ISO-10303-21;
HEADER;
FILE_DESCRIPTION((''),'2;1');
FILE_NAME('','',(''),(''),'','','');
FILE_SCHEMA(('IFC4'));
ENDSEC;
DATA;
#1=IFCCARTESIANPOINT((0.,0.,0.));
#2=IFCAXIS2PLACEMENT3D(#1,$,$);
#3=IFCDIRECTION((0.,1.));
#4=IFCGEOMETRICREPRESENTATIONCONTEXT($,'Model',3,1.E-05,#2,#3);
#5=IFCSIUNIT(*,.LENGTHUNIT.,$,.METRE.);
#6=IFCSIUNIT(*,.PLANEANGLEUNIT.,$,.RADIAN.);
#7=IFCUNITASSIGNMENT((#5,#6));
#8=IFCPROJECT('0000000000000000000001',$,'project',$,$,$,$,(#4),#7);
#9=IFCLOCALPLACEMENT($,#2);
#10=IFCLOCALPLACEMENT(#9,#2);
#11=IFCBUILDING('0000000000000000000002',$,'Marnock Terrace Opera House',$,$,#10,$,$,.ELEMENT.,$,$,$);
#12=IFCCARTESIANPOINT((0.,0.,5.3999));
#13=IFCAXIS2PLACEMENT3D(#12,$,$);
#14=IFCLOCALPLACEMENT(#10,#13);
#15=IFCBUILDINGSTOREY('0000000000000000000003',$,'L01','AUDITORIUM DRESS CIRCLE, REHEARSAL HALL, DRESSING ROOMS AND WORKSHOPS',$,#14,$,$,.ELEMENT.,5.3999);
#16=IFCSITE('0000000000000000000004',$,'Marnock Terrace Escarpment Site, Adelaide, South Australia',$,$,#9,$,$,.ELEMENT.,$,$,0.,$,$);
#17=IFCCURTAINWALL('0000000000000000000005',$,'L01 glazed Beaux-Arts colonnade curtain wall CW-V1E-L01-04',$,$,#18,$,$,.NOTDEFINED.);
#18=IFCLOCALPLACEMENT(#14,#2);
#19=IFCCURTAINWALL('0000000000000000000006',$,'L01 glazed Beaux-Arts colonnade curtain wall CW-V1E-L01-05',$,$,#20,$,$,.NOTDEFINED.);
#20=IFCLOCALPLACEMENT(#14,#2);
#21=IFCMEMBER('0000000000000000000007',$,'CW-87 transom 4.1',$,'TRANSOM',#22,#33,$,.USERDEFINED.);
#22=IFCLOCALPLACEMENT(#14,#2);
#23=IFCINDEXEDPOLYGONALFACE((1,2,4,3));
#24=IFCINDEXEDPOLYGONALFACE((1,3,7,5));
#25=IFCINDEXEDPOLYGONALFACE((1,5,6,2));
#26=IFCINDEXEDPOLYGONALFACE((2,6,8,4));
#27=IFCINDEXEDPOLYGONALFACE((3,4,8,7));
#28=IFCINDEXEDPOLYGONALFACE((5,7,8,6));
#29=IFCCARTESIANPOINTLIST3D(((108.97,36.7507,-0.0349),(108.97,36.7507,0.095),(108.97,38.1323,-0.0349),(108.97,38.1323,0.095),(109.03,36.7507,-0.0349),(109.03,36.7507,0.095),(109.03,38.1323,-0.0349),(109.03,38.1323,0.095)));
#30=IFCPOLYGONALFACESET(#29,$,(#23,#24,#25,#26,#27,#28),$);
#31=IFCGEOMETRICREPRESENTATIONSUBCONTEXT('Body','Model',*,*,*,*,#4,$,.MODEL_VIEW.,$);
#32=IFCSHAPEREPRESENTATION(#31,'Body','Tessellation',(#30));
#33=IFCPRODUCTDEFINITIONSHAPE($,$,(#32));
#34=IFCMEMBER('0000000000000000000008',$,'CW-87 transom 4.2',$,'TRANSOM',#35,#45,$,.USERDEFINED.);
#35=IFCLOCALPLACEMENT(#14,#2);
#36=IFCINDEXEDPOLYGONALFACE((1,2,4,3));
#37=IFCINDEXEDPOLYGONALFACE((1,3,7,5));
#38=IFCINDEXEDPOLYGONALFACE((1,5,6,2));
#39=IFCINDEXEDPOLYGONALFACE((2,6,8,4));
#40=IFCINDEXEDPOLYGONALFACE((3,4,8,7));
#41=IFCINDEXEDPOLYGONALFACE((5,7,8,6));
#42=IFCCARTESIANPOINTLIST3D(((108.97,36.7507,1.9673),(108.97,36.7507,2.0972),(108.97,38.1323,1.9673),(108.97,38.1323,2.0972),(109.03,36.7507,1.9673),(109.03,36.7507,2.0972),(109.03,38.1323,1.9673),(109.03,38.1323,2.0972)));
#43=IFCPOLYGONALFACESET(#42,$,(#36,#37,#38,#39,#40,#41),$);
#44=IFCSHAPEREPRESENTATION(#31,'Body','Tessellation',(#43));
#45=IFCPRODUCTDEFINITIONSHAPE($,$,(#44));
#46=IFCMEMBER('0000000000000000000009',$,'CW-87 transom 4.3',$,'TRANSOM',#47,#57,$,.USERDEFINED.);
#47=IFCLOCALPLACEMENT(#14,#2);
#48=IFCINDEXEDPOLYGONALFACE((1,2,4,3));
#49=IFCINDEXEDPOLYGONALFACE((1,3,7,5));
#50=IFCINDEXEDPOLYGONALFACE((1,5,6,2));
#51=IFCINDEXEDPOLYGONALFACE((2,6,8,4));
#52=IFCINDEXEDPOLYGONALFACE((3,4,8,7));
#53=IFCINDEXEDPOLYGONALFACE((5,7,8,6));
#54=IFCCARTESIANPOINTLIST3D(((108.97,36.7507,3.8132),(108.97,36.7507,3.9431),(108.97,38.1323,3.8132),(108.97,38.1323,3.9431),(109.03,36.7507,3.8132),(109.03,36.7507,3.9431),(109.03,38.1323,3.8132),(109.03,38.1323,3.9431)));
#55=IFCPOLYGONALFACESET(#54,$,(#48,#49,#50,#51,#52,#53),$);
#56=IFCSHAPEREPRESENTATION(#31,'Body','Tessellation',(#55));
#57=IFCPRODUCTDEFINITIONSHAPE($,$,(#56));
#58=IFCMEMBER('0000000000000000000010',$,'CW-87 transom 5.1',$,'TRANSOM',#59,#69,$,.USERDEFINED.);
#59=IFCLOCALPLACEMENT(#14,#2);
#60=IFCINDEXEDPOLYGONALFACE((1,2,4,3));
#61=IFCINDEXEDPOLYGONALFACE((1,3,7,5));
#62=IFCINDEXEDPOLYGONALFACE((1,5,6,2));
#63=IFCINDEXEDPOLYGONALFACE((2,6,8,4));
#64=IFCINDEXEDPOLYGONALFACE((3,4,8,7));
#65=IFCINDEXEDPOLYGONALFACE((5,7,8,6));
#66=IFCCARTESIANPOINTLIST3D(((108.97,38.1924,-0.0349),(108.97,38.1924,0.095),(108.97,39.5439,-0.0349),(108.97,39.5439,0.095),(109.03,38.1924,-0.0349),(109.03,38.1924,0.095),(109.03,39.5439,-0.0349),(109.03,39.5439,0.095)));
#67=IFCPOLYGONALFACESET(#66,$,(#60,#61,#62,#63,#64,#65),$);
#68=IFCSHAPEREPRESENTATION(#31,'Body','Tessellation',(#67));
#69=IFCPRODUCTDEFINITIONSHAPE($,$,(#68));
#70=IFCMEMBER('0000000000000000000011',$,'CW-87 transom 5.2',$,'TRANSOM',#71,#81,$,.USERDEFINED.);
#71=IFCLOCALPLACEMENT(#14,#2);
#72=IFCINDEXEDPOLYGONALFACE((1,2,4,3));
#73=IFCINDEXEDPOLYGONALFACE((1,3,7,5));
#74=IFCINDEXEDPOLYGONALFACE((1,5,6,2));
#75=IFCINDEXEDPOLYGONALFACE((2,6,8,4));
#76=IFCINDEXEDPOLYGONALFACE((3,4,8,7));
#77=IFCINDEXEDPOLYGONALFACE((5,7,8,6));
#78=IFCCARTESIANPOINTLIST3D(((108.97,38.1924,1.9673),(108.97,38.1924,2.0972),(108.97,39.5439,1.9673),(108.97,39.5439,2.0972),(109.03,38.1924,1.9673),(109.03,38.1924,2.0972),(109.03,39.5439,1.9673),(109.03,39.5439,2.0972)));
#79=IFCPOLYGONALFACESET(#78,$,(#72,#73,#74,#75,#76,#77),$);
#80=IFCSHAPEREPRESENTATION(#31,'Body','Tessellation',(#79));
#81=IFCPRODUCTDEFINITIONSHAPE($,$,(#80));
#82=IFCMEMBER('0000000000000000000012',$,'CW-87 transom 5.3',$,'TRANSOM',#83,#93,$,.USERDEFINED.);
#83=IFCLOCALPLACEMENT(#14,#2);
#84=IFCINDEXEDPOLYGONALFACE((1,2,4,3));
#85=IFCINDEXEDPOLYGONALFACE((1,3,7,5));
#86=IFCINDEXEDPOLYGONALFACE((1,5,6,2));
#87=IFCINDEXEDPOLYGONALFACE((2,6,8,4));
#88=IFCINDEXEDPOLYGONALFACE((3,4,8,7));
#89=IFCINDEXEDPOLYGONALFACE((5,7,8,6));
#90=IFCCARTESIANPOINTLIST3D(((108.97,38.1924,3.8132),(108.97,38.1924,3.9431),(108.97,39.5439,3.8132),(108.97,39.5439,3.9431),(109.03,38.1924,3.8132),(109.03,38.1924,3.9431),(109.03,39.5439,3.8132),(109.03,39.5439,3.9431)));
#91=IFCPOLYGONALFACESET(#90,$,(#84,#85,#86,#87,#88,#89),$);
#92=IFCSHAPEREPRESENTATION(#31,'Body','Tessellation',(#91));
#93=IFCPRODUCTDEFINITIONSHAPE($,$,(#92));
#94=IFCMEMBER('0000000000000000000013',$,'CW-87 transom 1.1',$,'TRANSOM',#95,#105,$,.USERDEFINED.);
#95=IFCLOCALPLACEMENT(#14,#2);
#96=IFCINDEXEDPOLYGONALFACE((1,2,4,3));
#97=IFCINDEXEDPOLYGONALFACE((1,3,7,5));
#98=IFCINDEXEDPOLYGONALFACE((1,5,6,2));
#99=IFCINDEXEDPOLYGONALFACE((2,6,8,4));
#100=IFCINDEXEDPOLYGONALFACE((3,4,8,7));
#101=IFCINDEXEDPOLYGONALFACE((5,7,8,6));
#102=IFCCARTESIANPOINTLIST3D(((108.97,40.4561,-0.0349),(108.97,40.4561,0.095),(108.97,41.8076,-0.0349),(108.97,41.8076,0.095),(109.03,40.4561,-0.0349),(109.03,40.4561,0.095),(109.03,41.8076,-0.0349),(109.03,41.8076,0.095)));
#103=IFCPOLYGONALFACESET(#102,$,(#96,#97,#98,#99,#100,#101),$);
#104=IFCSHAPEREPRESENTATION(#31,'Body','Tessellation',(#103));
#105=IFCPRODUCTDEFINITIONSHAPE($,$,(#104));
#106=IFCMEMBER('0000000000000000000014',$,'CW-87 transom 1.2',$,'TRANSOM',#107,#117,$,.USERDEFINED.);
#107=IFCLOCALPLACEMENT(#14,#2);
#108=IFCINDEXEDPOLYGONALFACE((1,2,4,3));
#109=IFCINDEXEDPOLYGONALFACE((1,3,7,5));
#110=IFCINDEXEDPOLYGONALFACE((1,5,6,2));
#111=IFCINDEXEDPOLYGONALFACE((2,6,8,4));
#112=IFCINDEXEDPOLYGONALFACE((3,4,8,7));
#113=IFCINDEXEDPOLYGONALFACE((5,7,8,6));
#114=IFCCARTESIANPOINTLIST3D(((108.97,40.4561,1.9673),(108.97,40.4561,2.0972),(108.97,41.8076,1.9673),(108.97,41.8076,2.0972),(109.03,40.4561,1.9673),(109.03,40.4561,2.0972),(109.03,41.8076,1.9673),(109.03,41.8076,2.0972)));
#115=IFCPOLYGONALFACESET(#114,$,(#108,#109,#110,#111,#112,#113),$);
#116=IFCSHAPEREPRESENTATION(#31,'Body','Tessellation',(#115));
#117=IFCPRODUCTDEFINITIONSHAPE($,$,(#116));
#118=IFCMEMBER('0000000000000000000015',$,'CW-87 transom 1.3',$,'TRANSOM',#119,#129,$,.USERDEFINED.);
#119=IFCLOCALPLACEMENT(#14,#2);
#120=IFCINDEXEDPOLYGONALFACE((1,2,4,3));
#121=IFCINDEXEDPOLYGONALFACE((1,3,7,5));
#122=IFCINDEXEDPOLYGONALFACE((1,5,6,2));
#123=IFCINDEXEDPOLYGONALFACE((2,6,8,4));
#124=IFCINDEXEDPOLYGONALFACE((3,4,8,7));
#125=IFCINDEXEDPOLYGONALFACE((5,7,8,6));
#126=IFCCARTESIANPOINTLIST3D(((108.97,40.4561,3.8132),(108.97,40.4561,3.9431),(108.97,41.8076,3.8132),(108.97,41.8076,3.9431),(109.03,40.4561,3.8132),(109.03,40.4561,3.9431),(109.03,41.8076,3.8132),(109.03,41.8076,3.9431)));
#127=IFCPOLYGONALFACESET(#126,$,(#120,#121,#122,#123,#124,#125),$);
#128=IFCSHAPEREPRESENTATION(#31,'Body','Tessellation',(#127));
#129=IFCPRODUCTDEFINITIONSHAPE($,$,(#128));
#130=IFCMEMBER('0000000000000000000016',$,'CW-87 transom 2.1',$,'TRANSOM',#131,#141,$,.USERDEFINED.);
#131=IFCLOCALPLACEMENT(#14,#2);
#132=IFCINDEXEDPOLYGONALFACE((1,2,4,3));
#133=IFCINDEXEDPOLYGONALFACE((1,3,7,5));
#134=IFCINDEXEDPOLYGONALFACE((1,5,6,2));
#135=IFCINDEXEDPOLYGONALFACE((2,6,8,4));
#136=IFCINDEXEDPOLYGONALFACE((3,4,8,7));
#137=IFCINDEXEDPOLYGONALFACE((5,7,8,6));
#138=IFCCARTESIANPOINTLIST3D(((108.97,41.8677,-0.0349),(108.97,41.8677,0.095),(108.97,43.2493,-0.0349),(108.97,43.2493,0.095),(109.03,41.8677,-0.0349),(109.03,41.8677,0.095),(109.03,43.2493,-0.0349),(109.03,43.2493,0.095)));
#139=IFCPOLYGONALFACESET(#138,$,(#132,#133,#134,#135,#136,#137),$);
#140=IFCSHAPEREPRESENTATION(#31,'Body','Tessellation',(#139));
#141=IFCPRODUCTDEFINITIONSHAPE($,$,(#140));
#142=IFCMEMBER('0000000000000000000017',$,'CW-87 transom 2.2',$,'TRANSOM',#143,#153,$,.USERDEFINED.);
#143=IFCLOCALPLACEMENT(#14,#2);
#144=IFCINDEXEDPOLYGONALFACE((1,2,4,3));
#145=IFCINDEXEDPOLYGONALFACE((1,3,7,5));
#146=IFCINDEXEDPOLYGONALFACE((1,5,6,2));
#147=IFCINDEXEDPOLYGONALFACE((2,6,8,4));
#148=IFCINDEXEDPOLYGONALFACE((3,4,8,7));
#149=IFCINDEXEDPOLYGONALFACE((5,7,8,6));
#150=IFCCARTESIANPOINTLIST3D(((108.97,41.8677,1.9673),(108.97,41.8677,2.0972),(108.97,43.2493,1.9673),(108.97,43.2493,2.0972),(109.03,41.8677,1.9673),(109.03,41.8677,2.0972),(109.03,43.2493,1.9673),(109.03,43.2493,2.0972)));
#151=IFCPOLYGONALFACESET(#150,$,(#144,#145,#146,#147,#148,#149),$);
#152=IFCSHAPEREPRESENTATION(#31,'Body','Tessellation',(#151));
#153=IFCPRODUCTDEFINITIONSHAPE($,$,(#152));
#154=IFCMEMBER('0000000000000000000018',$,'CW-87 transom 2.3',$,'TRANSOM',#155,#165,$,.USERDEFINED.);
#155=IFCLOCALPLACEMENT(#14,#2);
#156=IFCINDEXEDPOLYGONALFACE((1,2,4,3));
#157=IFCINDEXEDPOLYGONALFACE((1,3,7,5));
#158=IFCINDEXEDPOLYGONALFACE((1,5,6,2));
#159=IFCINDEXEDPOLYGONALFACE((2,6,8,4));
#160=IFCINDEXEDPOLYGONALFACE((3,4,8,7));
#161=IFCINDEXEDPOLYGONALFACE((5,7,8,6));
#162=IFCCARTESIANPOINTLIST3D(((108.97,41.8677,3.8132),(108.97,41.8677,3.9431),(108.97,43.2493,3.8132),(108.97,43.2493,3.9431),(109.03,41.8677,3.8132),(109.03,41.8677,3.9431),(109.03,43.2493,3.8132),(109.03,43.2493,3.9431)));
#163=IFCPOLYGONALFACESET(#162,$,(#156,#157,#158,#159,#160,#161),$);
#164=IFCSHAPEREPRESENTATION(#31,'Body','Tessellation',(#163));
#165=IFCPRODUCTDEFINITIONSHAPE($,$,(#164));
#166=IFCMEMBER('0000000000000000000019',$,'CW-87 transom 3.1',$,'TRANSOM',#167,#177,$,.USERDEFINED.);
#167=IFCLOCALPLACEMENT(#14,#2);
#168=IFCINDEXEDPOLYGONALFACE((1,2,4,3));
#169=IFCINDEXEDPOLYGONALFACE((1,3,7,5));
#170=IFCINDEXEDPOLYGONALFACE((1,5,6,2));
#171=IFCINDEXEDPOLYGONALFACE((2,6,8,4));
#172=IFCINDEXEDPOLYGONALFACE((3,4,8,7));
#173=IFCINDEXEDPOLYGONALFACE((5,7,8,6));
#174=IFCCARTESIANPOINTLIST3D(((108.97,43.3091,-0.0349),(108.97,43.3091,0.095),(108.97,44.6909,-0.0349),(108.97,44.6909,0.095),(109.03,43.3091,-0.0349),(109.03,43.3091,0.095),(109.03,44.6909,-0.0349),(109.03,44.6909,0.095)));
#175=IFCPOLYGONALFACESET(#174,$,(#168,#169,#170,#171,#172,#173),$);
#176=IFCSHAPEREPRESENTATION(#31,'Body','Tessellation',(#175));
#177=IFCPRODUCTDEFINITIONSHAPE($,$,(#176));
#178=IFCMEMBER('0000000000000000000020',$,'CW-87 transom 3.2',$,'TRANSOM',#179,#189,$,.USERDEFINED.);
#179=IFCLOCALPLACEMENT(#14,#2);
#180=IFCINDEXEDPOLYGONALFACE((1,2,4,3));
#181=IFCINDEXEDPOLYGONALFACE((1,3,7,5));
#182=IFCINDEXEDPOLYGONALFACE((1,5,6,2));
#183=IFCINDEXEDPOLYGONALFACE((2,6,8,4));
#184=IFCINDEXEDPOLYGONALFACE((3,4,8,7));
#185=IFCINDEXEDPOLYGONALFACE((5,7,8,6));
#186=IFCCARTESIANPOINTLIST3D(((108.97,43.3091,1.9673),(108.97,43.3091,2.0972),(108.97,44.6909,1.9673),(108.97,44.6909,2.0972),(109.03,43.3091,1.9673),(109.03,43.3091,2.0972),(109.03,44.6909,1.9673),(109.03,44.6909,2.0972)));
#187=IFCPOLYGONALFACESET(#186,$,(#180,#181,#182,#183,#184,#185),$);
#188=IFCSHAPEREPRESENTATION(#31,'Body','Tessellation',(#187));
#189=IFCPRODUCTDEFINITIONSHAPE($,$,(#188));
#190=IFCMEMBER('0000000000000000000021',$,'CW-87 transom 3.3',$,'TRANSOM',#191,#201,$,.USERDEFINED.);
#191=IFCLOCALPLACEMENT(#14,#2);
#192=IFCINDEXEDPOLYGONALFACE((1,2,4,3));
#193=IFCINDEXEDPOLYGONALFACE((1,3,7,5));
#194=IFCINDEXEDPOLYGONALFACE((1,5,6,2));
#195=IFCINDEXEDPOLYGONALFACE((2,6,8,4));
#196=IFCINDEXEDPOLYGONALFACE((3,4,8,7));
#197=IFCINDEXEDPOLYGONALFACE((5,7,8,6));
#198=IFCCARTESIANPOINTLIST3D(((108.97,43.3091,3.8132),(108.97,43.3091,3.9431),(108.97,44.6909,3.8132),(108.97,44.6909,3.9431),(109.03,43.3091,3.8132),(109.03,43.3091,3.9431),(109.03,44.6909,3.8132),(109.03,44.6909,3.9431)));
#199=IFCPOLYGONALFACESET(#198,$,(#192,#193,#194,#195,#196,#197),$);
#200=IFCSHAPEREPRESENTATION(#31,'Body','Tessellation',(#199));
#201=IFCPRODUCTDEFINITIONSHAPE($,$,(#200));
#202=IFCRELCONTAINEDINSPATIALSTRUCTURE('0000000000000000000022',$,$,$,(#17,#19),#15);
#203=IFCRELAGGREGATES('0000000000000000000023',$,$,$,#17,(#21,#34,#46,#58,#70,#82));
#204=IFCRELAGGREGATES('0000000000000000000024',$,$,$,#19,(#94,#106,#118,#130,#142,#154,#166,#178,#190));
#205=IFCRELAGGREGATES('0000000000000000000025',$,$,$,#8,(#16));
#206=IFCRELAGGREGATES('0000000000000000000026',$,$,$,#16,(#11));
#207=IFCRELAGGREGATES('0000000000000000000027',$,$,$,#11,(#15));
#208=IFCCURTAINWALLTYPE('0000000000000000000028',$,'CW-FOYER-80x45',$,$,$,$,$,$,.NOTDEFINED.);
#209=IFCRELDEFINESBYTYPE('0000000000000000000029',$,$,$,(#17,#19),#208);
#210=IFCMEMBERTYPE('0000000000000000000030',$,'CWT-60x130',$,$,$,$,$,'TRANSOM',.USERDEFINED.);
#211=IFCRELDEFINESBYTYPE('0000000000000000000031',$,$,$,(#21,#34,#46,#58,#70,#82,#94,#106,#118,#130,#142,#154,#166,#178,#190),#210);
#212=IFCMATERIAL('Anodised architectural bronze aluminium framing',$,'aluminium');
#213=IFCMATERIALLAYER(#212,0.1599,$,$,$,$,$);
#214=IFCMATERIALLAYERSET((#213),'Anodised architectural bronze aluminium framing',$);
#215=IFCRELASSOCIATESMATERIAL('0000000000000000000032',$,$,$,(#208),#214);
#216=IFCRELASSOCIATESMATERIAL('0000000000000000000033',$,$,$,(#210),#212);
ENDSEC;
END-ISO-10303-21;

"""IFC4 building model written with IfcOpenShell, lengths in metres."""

from ifc_helpers import new_model, si_unit, direction, frame, origin, origin_2d, place, context, subcontext, project, spatial, rectangle, extrude, material, layer, layer_set, material_profile, profile_set, type_object, element, aggregate, save


model = new_model("IFC4")

# Units and contexts
model_context = context("Model", 3, precision=1e-05, world=origin(), true_north=direction((0.0, 1.0)))
body_context = subcontext(model_context, "Body", "Model", "MODEL_VIEW")
ifc_project = project(units=[si_unit("LENGTHUNIT", "METRE"), si_unit("PLANEANGLEUNIT", "RADIAN")], contexts=[model_context])

# Site, building, storey
site_placement = place(None, origin())
site = spatial("IfcSite", under=ifc_project, at=site_placement, Name="Marnock Terrace Escarpment Site, Adelaide, South Australia", CompositionType="ELEMENT", RefElevation=0.0)
building_placement = place(site_placement, origin())
building = spatial("IfcBuilding", under=site, at=building_placement, Name="Marnock Terrace Opera House", CompositionType="ELEMENT")
storey_placement = place(building_placement, frame((0.0, 0.0, 5.3999)))
storey = spatial("IfcBuildingStorey", under=building, at=storey_placement, Name="L01", Description="AUDITORIUM DRESS CIRCLE, REHEARSAL HALL, DRESSING ROOMS AND WORKSHOPS", CompositionType="ELEMENT", Elevation=5.3999)

# Curtain walls
ifc_material_1 = material(Name="Anodised architectural bronze aluminium framing", Category="aluminium")
ifc_layer_1 = layer(ifc_material_1, 0.1599)
ifc_layer_set_1 = layer_set([ifc_layer_1], Name="Anodised architectural bronze aluminium framing")
curtain_wall_type = type_object("IfcCurtainWallType", Name="CW-FOYER-80x45", PredefinedType="NOTDEFINED", material=ifc_layer_set_1)
curtain_wall_1_placement = place(storey_placement, origin())
curtain_wall_1 = element("IfcCurtainWall", 1, at=curtain_wall_1_placement, inside=storey, type_object=curtain_wall_type, Name="L01 glazed Beaux-Arts colonnade curtain wall CW-V1E-L01-04", PredefinedType="NOTDEFINED")
curtain_wall_2_placement = place(storey_placement, origin())
curtain_wall_2 = element("IfcCurtainWall", 2, at=curtain_wall_2_placement, inside=storey, type_object=curtain_wall_type, Name="L01 glazed Beaux-Arts colonnade curtain wall CW-V1E-L01-05", PredefinedType="NOTDEFINED")

# Members
ifc_material_profile_1 = material_profile(ifc_material_1, rectangle(XDim=0.0601, YDim=0.1299, at=origin_2d()))
ifc_profile_set_1 = profile_set([ifc_material_profile_1], Name="Anodised architectural bronze aluminium framing")
member_type_1 = type_object("IfcMemberType", Name="CWT-60x130", ElementType="TRANSOM", PredefinedType="USERDEFINED", material=ifc_profile_set_1)
member_1_placement = place(storey_placement, frame((109.0, 36.7507, 0.03), z_axis=(0.0, 1.0, 0.0), x_axis=(-1.0, 0.0, 0.0)))
member_1 = element("IfcMember", 3, at=member_1_placement, type_object=member_type_1, Name="CW-87 transom 4.1", ObjectType="TRANSOM", PredefinedType="USERDEFINED", context=body_context, shape_type="SweptSolid", body=[
    extrude(rectangle(XDim=0.0601, YDim=0.1299, at=origin_2d()), origin(), (0.0, 0.0, 1.0), 1.3816),
])
member_2_placement = place(storey_placement, frame((109.0, 36.7507, 2.0322), z_axis=(0.0, 1.0, 0.0), x_axis=(-1.0, 0.0, 0.0)))
member_2 = element("IfcMember", 4, at=member_2_placement, type_object=member_type_1, Name="CW-87 transom 4.2", ObjectType="TRANSOM", PredefinedType="USERDEFINED", context=body_context, shape_type="SweptSolid", body=[
    extrude(rectangle(XDim=0.0601, YDim=0.1299, at=origin_2d()), origin(), (0.0, 0.0, 1.0), 1.3816),
])
member_3_placement = place(storey_placement, frame((109.0, 36.7507, 3.8782), z_axis=(0.0, 1.0, 0.0), x_axis=(-1.0, 0.0, 0.0)))
member_3 = element("IfcMember", 5, at=member_3_placement, type_object=member_type_1, Name="CW-87 transom 4.3", ObjectType="TRANSOM", PredefinedType="USERDEFINED", context=body_context, shape_type="SweptSolid", body=[
    extrude(rectangle(XDim=0.0601, YDim=0.1299, at=origin_2d()), origin(), (0.0, 0.0, 1.0), 1.3816),
])
member_4_placement = place(storey_placement, frame((109.0, 38.1924, 0.03), z_axis=(0.0, 1.0, 0.0), x_axis=(-1.0, 0.0, 0.0)))
member_4 = element("IfcMember", 6, at=member_4_placement, type_object=member_type_1, Name="CW-87 transom 5.1", ObjectType="TRANSOM", PredefinedType="USERDEFINED", context=body_context, shape_type="SweptSolid", body=[
    extrude(rectangle(XDim=0.0601, YDim=0.1299, at=origin_2d()), origin(), (0.0, 0.0, 1.0), 1.3516),
])
member_5_placement = place(storey_placement, frame((109.0, 38.1924, 2.0322), z_axis=(0.0, 1.0, 0.0), x_axis=(-1.0, 0.0, 0.0)))
member_5 = element("IfcMember", 7, at=member_5_placement, type_object=member_type_1, Name="CW-87 transom 5.2", ObjectType="TRANSOM", PredefinedType="USERDEFINED", context=body_context, shape_type="SweptSolid", body=[
    extrude(rectangle(XDim=0.0601, YDim=0.1299, at=origin_2d()), origin(), (0.0, 0.0, 1.0), 1.3516),
])
member_6_placement = place(storey_placement, frame((109.0, 38.1924, 3.8782), z_axis=(0.0, 1.0, 0.0), x_axis=(-1.0, 0.0, 0.0)))
member_6 = element("IfcMember", 8, at=member_6_placement, type_object=member_type_1, Name="CW-87 transom 5.3", ObjectType="TRANSOM", PredefinedType="USERDEFINED", context=body_context, shape_type="SweptSolid", body=[
    extrude(rectangle(XDim=0.0601, YDim=0.1299, at=origin_2d()), origin(), (0.0, 0.0, 1.0), 1.3516),
])
member_7_placement = place(storey_placement, frame((109.0, 40.4561, 0.03), z_axis=(0.0, 1.0, 0.0), x_axis=(-1.0, 0.0, 0.0)))
member_7 = element("IfcMember", 9, at=member_7_placement, type_object=member_type_1, Name="CW-87 transom 1.1", ObjectType="TRANSOM", PredefinedType="USERDEFINED", context=body_context, shape_type="SweptSolid", body=[
    extrude(rectangle(XDim=0.0601, YDim=0.1299, at=origin_2d()), origin(), (0.0, 0.0, 1.0), 1.3516),
])
member_8_placement = place(storey_placement, frame((109.0, 40.4561, 2.0322), z_axis=(0.0, 1.0, 0.0), x_axis=(-1.0, 0.0, 0.0)))
member_8 = element("IfcMember", 10, at=member_8_placement, type_object=member_type_1, Name="CW-87 transom 1.2", ObjectType="TRANSOM", PredefinedType="USERDEFINED", context=body_context, shape_type="SweptSolid", body=[
    extrude(rectangle(XDim=0.0601, YDim=0.1299, at=origin_2d()), origin(), (0.0, 0.0, 1.0), 1.3516),
])
member_9_placement = place(storey_placement, frame((109.0, 40.4561, 3.8782), z_axis=(0.0, 1.0, 0.0), x_axis=(-1.0, 0.0, 0.0)))
member_9 = element("IfcMember", 11, at=member_9_placement, type_object=member_type_1, Name="CW-87 transom 1.3", ObjectType="TRANSOM", PredefinedType="USERDEFINED", context=body_context, shape_type="SweptSolid", body=[
    extrude(rectangle(XDim=0.0601, YDim=0.1299, at=origin_2d()), origin(), (0.0, 0.0, 1.0), 1.3516),
])
member_10_placement = place(storey_placement, frame((109.0, 41.8677, 0.03), z_axis=(0.0, 1.0, 0.0), x_axis=(-1.0, 0.0, 0.0)))
member_10 = element("IfcMember", 12, at=member_10_placement, type_object=member_type_1, Name="CW-87 transom 2.1", ObjectType="TRANSOM", PredefinedType="USERDEFINED", context=body_context, shape_type="SweptSolid", body=[
    extrude(rectangle(XDim=0.0601, YDim=0.1299, at=origin_2d()), origin(), (0.0, 0.0, 1.0), 1.3816),
])
member_11_placement = place(storey_placement, frame((109.0, 41.8677, 2.0322), z_axis=(0.0, 1.0, 0.0), x_axis=(-1.0, 0.0, 0.0)))
member_11 = element("IfcMember", 13, at=member_11_placement, type_object=member_type_1, Name="CW-87 transom 2.2", ObjectType="TRANSOM", PredefinedType="USERDEFINED", context=body_context, shape_type="SweptSolid", body=[
    extrude(rectangle(XDim=0.0601, YDim=0.1299, at=origin_2d()), origin(), (0.0, 0.0, 1.0), 1.3816),
])
member_12_placement = place(storey_placement, frame((109.0, 41.8677, 3.8782), z_axis=(0.0, 1.0, 0.0), x_axis=(-1.0, 0.0, 0.0)))
member_12 = element("IfcMember", 14, at=member_12_placement, type_object=member_type_1, Name="CW-87 transom 2.3", ObjectType="TRANSOM", PredefinedType="USERDEFINED", context=body_context, shape_type="SweptSolid", body=[
    extrude(rectangle(XDim=0.0601, YDim=0.1299, at=origin_2d()), origin(), (0.0, 0.0, 1.0), 1.3816),
])
member_13_placement = place(storey_placement, frame((109.0, 43.3091, 0.03), z_axis=(0.0, 1.0, 0.0), x_axis=(-1.0, 0.0, 0.0)))
member_13 = element("IfcMember", 15, at=member_13_placement, type_object=member_type_1, Name="CW-87 transom 3.1", ObjectType="TRANSOM", PredefinedType="USERDEFINED", context=body_context, shape_type="SweptSolid", body=[
    extrude(rectangle(XDim=0.0601, YDim=0.1299, at=origin_2d()), origin(), (0.0, 0.0, 1.0), 1.3818),
])
member_14_placement = place(storey_placement, frame((109.0, 43.3091, 2.0322), z_axis=(0.0, 1.0, 0.0), x_axis=(-1.0, 0.0, 0.0)))
member_14 = element("IfcMember", 16, at=member_14_placement, type_object=member_type_1, Name="CW-87 transom 3.2", ObjectType="TRANSOM", PredefinedType="USERDEFINED", context=body_context, shape_type="SweptSolid", body=[
    extrude(rectangle(XDim=0.0601, YDim=0.1299, at=origin_2d()), origin(), (0.0, 0.0, 1.0), 1.3818),
])
member_15_placement = place(storey_placement, frame((109.0, 43.3091, 3.8782), z_axis=(0.0, 1.0, 0.0), x_axis=(-1.0, 0.0, 0.0)))
member_15 = element("IfcMember", 17, at=member_15_placement, type_object=member_type_1, Name="CW-87 transom 3.3", ObjectType="TRANSOM", PredefinedType="USERDEFINED", context=body_context, shape_type="SweptSolid", body=[
    extrude(rectangle(XDim=0.0601, YDim=0.1299, at=origin_2d()), origin(), (0.0, 0.0, 1.0), 1.3818),
])

aggregate(curtain_wall_1, [member_1, member_2, member_3, member_4, member_5, member_6])
aggregate(curtain_wall_2, [member_7, member_8, member_9, member_10, member_11, member_12, member_13, member_14, member_15])

save(model, "model.ifc")
